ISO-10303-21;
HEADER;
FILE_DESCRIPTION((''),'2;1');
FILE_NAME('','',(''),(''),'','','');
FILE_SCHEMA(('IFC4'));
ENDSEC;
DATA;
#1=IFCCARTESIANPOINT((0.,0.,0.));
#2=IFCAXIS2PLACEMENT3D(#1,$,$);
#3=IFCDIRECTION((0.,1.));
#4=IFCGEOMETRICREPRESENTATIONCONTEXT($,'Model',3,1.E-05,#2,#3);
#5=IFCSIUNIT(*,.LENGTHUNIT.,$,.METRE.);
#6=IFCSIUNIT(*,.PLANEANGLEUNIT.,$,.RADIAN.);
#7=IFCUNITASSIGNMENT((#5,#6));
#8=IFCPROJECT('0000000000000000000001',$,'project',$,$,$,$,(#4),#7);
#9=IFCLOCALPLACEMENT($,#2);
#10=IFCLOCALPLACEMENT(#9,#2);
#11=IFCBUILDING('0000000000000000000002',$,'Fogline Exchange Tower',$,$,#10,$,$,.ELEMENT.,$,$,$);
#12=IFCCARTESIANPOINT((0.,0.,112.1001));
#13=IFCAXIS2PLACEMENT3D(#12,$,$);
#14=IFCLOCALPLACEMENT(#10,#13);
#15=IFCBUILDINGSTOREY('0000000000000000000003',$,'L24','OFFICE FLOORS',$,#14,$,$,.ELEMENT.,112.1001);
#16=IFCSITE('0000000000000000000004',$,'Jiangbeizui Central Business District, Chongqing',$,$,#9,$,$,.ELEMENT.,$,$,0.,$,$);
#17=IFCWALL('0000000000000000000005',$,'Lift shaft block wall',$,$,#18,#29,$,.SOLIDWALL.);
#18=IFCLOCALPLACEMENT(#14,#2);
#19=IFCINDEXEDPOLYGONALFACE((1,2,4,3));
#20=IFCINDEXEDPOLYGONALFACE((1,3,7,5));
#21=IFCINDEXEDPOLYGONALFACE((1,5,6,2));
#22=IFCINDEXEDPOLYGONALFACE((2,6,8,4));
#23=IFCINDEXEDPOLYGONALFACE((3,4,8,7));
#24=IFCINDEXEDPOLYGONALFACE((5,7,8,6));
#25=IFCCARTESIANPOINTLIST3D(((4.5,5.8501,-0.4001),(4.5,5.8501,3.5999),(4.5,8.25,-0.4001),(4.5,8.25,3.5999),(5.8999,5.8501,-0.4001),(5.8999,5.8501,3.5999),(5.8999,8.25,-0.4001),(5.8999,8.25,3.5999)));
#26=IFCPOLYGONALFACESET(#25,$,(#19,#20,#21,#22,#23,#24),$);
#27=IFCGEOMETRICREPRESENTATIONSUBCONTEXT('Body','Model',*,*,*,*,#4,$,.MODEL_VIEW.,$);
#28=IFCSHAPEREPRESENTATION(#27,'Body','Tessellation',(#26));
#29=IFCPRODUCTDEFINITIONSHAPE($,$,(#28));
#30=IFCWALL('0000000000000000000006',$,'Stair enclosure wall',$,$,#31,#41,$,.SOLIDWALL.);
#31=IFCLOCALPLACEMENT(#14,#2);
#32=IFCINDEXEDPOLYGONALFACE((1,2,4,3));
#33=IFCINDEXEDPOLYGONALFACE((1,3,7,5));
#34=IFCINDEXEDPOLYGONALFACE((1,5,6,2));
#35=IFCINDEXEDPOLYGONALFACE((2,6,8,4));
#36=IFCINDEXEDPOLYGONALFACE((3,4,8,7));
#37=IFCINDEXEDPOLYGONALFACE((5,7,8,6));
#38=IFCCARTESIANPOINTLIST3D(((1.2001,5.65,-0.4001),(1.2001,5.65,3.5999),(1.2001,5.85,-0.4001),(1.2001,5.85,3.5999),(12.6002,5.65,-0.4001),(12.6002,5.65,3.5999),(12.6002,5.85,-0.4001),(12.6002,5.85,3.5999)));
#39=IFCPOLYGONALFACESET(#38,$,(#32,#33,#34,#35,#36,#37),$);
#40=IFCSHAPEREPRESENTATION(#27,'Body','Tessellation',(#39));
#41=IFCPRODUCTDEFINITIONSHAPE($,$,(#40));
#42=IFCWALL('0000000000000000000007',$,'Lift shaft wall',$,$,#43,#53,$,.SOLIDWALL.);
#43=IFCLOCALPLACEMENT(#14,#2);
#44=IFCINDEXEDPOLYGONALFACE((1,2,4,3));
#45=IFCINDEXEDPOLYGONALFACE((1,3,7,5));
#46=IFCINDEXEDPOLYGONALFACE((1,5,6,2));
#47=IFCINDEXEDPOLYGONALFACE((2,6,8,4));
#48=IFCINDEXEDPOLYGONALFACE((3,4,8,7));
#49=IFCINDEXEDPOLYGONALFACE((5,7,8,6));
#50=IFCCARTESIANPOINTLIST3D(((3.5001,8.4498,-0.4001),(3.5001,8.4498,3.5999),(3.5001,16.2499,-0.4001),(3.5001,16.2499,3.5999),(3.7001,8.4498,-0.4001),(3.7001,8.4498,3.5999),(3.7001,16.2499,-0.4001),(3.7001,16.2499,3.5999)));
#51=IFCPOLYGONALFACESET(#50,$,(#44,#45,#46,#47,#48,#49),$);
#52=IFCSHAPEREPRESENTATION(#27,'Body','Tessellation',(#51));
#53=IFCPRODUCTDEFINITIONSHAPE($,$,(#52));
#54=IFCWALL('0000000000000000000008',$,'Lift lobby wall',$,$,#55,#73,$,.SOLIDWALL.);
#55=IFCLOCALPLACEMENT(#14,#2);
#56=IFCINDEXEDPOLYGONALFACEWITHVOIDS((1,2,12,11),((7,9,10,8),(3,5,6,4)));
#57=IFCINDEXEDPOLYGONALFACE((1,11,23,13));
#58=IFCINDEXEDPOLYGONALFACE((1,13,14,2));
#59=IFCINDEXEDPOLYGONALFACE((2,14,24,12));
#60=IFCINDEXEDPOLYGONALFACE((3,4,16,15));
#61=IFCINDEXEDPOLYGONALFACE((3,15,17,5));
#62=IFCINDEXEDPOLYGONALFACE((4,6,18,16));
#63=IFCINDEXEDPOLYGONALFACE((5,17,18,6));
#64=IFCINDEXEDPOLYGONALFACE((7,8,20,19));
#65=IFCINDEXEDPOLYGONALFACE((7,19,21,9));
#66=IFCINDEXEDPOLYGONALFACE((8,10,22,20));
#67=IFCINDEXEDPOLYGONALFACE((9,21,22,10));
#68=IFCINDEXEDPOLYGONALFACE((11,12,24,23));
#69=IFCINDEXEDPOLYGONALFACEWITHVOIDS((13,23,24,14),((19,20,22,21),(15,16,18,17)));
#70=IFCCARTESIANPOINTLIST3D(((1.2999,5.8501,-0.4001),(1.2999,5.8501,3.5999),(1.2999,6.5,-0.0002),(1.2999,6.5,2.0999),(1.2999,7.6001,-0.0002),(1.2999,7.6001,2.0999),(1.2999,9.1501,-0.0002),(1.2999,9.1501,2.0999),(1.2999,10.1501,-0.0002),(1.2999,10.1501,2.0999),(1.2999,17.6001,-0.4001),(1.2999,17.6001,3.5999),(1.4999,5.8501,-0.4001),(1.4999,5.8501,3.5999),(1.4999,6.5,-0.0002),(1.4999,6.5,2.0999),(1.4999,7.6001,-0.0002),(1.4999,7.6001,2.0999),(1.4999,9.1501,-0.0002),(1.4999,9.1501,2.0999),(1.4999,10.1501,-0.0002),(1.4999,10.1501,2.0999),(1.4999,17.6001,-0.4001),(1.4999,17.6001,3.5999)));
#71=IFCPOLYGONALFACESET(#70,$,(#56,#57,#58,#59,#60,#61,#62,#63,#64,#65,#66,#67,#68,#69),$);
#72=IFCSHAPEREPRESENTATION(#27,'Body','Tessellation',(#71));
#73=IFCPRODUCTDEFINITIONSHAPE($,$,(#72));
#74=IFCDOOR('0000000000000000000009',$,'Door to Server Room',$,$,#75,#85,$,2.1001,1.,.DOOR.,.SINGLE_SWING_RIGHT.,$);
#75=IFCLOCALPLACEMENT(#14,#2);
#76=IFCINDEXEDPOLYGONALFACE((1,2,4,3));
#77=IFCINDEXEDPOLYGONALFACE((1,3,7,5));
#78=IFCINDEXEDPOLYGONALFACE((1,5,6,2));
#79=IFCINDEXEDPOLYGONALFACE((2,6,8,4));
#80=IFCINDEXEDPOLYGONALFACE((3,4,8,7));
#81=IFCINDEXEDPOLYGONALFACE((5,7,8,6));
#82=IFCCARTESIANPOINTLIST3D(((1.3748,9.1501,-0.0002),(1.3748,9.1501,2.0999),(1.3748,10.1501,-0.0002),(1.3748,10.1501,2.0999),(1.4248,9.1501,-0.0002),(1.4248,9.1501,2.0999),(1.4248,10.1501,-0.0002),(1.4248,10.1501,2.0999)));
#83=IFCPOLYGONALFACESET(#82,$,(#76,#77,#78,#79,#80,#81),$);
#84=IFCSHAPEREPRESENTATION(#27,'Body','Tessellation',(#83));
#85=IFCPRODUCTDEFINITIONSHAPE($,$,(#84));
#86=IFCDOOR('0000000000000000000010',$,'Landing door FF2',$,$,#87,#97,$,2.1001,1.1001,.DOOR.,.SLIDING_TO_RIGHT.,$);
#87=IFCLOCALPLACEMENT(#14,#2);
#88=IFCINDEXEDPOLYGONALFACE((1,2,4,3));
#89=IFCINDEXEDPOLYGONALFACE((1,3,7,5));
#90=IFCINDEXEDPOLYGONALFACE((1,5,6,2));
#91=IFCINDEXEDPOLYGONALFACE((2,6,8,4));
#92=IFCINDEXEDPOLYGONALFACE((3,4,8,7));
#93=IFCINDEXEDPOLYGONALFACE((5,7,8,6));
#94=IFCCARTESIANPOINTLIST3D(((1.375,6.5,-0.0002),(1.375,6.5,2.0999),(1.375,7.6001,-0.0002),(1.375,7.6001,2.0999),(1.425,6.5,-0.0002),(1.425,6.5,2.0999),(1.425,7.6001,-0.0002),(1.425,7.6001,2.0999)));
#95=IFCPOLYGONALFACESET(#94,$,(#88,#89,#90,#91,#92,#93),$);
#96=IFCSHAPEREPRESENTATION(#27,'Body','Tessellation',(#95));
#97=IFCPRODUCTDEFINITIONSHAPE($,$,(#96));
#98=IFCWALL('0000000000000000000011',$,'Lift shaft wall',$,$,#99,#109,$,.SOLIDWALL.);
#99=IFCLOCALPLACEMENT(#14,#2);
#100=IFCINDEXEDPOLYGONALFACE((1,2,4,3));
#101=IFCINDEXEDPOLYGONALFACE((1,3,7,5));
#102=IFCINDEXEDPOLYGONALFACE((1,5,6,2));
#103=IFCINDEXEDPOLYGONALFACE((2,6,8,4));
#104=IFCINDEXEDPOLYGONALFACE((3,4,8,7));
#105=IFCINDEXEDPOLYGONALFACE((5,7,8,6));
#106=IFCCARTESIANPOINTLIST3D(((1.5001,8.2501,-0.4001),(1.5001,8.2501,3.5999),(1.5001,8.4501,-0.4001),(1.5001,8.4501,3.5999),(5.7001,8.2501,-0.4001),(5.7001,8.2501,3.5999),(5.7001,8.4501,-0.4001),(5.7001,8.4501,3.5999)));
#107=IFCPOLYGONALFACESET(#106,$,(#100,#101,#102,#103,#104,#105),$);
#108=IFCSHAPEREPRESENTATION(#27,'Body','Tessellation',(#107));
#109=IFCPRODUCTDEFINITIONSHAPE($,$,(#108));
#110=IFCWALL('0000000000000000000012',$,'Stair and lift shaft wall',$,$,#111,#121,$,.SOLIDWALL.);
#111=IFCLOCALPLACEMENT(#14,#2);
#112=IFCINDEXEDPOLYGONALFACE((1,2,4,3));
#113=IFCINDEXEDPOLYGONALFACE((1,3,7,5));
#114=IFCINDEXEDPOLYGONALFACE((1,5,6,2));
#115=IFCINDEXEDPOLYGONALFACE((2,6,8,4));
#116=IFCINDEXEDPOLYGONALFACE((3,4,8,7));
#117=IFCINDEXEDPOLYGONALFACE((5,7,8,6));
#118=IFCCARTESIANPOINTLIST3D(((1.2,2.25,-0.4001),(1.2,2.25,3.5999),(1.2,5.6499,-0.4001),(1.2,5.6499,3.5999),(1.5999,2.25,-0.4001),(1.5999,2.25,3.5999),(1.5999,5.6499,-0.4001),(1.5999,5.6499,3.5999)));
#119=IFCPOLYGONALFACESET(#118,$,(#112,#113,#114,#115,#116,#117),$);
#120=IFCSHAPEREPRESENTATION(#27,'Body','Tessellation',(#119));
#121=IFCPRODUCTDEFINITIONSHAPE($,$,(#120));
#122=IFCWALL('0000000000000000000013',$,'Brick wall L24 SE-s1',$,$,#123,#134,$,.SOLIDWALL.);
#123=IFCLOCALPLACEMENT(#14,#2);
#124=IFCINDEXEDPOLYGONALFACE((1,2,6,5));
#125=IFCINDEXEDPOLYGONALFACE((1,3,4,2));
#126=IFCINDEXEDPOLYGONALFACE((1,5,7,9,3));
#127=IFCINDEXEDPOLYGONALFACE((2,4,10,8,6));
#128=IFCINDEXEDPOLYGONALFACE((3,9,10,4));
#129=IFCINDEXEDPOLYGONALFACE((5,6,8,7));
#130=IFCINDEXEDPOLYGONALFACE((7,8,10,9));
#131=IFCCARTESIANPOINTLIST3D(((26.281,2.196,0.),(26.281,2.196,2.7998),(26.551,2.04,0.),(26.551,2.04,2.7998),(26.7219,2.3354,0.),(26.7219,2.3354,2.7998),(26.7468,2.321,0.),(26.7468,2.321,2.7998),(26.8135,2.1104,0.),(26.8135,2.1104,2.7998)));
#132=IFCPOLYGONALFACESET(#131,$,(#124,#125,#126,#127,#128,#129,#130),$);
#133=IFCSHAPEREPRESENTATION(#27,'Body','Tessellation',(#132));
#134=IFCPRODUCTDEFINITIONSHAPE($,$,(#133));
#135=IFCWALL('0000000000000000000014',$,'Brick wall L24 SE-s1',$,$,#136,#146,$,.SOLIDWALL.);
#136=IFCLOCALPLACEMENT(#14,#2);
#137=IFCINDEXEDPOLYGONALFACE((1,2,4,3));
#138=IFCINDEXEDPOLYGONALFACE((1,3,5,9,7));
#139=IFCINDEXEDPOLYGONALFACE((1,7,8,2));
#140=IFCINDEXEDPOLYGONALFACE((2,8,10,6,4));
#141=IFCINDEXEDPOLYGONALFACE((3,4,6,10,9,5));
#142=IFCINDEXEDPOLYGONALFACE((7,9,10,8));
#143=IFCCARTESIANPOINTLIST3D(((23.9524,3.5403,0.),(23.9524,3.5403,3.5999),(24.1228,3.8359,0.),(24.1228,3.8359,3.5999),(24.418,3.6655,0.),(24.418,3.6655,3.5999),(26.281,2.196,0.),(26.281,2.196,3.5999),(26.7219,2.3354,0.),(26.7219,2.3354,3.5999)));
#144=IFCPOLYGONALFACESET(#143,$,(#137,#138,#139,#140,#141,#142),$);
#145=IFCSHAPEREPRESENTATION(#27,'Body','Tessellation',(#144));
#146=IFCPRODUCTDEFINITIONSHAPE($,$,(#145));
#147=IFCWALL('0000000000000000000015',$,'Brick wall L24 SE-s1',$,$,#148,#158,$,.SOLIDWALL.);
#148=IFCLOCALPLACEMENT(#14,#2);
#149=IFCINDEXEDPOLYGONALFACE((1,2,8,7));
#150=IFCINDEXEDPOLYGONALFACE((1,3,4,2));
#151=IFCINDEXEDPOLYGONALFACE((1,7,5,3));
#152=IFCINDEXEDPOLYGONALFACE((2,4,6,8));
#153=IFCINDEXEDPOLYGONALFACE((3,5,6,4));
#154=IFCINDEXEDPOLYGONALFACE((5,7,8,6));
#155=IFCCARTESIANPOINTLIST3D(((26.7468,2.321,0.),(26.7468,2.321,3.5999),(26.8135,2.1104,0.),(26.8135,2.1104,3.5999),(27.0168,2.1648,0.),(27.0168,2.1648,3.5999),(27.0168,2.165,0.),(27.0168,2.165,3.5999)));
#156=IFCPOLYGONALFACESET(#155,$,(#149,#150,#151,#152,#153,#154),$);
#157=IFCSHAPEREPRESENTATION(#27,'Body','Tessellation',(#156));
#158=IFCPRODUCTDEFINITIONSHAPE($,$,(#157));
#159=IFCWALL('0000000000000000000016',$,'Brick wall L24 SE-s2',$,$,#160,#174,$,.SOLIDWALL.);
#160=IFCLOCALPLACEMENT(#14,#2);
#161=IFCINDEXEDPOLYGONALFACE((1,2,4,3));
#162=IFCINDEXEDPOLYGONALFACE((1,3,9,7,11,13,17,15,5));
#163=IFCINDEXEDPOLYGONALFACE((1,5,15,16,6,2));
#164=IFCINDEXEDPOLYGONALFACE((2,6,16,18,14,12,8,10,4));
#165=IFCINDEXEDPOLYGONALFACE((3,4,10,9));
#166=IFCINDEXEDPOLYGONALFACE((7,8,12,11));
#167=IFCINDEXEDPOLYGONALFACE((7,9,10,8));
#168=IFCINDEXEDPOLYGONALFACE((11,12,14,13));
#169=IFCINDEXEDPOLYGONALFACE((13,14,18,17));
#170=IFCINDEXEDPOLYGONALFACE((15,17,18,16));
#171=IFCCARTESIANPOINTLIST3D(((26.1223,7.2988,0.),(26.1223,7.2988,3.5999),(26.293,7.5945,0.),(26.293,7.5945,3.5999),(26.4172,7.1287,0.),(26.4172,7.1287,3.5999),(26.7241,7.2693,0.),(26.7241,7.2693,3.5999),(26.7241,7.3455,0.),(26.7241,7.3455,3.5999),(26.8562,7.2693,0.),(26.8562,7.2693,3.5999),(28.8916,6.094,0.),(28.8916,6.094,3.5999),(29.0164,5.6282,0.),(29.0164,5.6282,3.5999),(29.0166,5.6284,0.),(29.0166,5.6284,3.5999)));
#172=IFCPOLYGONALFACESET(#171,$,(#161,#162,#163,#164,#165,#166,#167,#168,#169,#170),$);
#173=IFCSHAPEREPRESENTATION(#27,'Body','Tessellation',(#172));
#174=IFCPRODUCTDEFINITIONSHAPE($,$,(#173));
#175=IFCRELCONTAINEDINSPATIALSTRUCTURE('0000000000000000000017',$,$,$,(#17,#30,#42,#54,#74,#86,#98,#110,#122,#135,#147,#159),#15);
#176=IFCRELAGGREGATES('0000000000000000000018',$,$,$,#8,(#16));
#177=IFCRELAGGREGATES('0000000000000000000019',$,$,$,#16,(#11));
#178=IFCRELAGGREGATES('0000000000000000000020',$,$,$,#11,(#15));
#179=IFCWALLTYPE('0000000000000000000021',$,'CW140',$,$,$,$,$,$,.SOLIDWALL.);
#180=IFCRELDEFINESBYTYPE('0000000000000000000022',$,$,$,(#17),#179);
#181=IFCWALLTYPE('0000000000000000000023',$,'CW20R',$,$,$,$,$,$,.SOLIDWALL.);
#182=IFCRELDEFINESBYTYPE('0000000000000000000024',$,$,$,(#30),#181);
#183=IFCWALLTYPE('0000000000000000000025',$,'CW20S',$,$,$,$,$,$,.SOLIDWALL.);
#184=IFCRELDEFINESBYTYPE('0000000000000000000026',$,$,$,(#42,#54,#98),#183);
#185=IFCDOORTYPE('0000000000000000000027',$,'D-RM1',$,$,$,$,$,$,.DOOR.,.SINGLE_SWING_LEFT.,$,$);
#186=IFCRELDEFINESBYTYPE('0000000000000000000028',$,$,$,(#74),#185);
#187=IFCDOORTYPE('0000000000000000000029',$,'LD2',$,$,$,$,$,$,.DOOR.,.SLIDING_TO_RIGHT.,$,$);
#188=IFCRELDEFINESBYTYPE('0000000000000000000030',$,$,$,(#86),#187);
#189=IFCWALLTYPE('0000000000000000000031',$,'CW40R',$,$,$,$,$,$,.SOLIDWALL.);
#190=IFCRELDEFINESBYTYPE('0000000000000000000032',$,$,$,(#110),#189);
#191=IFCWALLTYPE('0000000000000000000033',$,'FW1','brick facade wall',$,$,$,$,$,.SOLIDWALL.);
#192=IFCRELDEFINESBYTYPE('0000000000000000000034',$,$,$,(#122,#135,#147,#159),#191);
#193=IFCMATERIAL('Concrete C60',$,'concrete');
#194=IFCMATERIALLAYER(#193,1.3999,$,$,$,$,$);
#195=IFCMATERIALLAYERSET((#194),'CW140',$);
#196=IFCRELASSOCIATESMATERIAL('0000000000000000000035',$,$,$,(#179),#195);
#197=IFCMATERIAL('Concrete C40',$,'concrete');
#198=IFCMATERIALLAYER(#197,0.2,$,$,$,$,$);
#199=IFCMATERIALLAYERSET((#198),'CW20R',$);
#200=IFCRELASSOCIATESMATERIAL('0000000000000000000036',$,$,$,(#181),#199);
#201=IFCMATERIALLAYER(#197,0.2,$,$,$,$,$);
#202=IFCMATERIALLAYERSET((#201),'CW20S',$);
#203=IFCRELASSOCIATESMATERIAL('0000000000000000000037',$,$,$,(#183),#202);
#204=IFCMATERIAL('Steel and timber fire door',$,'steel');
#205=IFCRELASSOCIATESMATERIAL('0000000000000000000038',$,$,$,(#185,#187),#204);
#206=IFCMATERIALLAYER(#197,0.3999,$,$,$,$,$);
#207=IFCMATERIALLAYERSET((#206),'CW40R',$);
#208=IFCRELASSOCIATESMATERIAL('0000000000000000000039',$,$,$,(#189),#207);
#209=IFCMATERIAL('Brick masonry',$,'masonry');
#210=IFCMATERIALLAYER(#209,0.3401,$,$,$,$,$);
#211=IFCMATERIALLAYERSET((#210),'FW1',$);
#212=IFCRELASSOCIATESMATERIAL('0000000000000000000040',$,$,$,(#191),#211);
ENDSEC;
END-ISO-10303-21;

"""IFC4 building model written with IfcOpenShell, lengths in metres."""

from ifc_helpers import new_model, si_unit, direction, frame, frame_2d, origin, place, context, subcontext, project, spatial, polyline, rectangle, outline, extrude, material, layer, layer_set, type_object, element, fill, save


model = new_model("IFC4")

# Units and contexts
model_context = context("Model", 3, precision=1e-05, world=origin(), true_north=direction((0.0, 1.0)))
body_context = subcontext(model_context, "Body", "Model", "MODEL_VIEW")
ifc_project = project(units=[si_unit("LENGTHUNIT", "METRE"), si_unit("PLANEANGLEUNIT", "RADIAN")], contexts=[model_context])

# Site, building, storey
site_placement = place(None, origin())
site = spatial("IfcSite", under=ifc_project, at=site_placement, Name="Jiangbeizui Central Business District, Chongqing", CompositionType="ELEMENT", RefElevation=0.0)
building_placement = place(site_placement, origin())
building = spatial("IfcBuilding", under=site, at=building_placement, Name="Fogline Exchange Tower", CompositionType="ELEMENT")
storey_placement = place(building_placement, frame((0.0, 0.0, 112.1001)))
storey = spatial("IfcBuildingStorey", under=building, at=storey_placement, Name="L24", Description="OFFICE FLOORS", CompositionType="ELEMENT", Elevation=112.1001)

# Shared definitions
ifc_material_1 = material(Name="Concrete C40", Category="concrete")

# Walls
ifc_material_2 = material(Name="Concrete C60", Category="concrete")
ifc_layer_1 = layer(ifc_material_2, 1.3999)
ifc_layer_set_1 = layer_set([ifc_layer_1], Name="CW140")
wall_type_1 = type_object("IfcWallType", Name="CW140", PredefinedType="SOLIDWALL", material=ifc_layer_set_1)
wall_1_placement = place(storey_placement, frame((5.2, 5.8501, -0.4001), z_axis=(0.0, 0.0, 1.0), x_axis=(0.0, 1.0, 0.0)))
element("IfcWall", 1, at=wall_1_placement, inside=storey, type_object=wall_type_1, Name="Lift shaft block wall", PredefinedType="SOLIDWALL", context=body_context, shape_type="SweptSolid", body=[
    extrude(rectangle(XDim=2.3999, YDim=1.3999, at=frame_2d((1.2, 0.0))), origin(), (0.0, 0.0, 1.0), 4.0),
])
ifc_layer_2 = layer(ifc_material_1, 0.2)
ifc_layer_set_2 = layer_set([ifc_layer_2], Name="CW20R")
wall_type_2 = type_object("IfcWallType", Name="CW20R", PredefinedType="SOLIDWALL", material=ifc_layer_set_2)
wall_2_placement = place(storey_placement, frame((1.2, 5.75, -0.4001), z_axis=(0.0, 0.0, 1.0), x_axis=(1.0, 0.0, 0.0)))
element("IfcWall", 2, at=wall_2_placement, inside=storey, type_object=wall_type_2, Name="Stair enclosure wall", PredefinedType="SOLIDWALL", context=body_context, shape_type="SweptSolid", body=[
    extrude(rectangle(XDim=11.4001, YDim=0.2, at=frame_2d((5.7002, 0.0))), origin(), (0.0, 0.0, 1.0), 4.0),
])
ifc_layer_3 = layer(ifc_material_1, 0.2)
ifc_layer_set_3 = layer_set([ifc_layer_3], Name="CW20S")
wall_type_3 = type_object("IfcWallType", Name="CW20S", PredefinedType="SOLIDWALL", material=ifc_layer_set_3)
wall_3_placement = place(storey_placement, frame((3.6001, 8.45, -0.4001), z_axis=(0.0, 0.0, 1.0), x_axis=(0.0, 1.0, 0.0)))
element("IfcWall", 3, at=wall_3_placement, inside=storey, type_object=wall_type_3, Name="Lift shaft wall", PredefinedType="SOLIDWALL", context=body_context, shape_type="SweptSolid", body=[
    extrude(rectangle(XDim=7.8, YDim=0.2, at=frame_2d((3.8999, 0.0))), origin(), (0.0, 0.0, 1.0), 4.0),
])

# Wall, openings, doors
wall_4_placement = place(storey_placement, frame((1.3999, 5.8501, -0.4001), z_axis=(0.0, 0.0, 1.0), x_axis=(0.0, 1.0, 0.0)))
wall_4 = element("IfcWall", 4, at=wall_4_placement, inside=storey, type_object=wall_type_3, Name="Lift lobby wall", PredefinedType="SOLIDWALL", context=body_context, shape_type="SweptSolid", body=[
    extrude(rectangle(XDim=11.75, YDim=0.2, at=frame_2d((5.875, 0.0))), origin(), (0.0, 0.0, 1.0), 4.0),
])
opening_1_placement = place(wall_4_placement, frame((0.6499, 0.0, 0.3999)))
opening_1 = element("IfcOpeningElement", 5, at=opening_1_placement, cuts=wall_4, PredefinedType="OPENING", context=body_context, shape_type="SweptSolid", body=[
    extrude(rectangle(XDim=1.1001, YDim=2.1001, at=frame_2d((0.55, 1.05))), frame((0.0, 0.1099, 0.0), z_axis=(0.0, -1.0, 0.0), x_axis=(1.0, 0.0, 0.0)), (0.0, 0.0, 1.0), 0.22),
])
opening_2_placement = place(wall_4_placement, frame((3.3, 0.0, 0.3999)))
opening_2 = element("IfcOpeningElement", 6, at=opening_2_placement, cuts=wall_4, PredefinedType="OPENING", context=body_context, shape_type="SweptSolid", body=[
    extrude(rectangle(XDim=1.0, YDim=2.1001, at=frame_2d((0.5, 1.05))), frame((0.0, 0.1099, 0.0), z_axis=(0.0, -1.0, 0.0), x_axis=(1.0, 0.0, 0.0)), (0.0, 0.0, 1.0), 0.22),
])
ifc_material_3 = material(Name="Steel and timber fire door", Category="steel")
door_type_1 = type_object("IfcDoorType", Name="D-RM1", OperationType="SINGLE_SWING_LEFT", PredefinedType="DOOR", material=ifc_material_3)
door_1_placement = place(opening_2_placement, frame((1.0, 0.0, 0.0), z_axis=(0.0, 0.0, 1.0), x_axis=(-1.0, 0.0, 0.0)))
door_1 = element("IfcDoor", 7, at=door_1_placement, inside=storey, type_object=door_type_1, Name="Door to Server Room", OperationType="SINGLE_SWING_RIGHT", OverallHeight=2.1001, OverallWidth=1.0, PredefinedType="DOOR", context=body_context, shape_type="SweptSolid", body=[
    extrude(rectangle(XDim=1.0, YDim=2.1001, at=frame_2d((0.5, 1.05))), frame((0.0, 0.0249, 0.0), z_axis=(0.0, -1.0, 0.0), x_axis=(1.0, 0.0, 0.0)), (0.0, 0.0, 1.0), 0.05),
])
fill(opening_2, door_1)
door_type_2 = type_object("IfcDoorType", Name="LD2", OperationType="SLIDING_TO_RIGHT", PredefinedType="DOOR", material=ifc_material_3)
door_2_placement = place(opening_1_placement, origin())
door_2 = element("IfcDoor", 8, at=door_2_placement, inside=storey, type_object=door_type_2, Name="Landing door FF2", OperationType="SLIDING_TO_RIGHT", OverallHeight=2.1001, OverallWidth=1.1001, PredefinedType="DOOR", context=body_context, shape_type="SweptSolid", body=[
    extrude(rectangle(XDim=1.1001, YDim=2.1001, at=frame_2d((0.55, 1.05))), frame((0.0, 0.0249, 0.0), z_axis=(0.0, -1.0, 0.0), x_axis=(1.0, 0.0, 0.0)), (0.0, 0.0, 1.0), 0.05),
])
fill(opening_1, door_2)

# Walls
wall_5_placement = place(storey_placement, frame((1.5, 8.3501, -0.4001), z_axis=(0.0, 0.0, 1.0), x_axis=(1.0, 0.0, 0.0)))
element("IfcWall", 9, at=wall_5_placement, inside=storey, type_object=wall_type_3, Name="Lift shaft wall", PredefinedType="SOLIDWALL", context=body_context, shape_type="SweptSolid", body=[
    extrude(rectangle(XDim=4.2, YDim=0.2, at=frame_2d((2.1001, 0.0))), origin(), (0.0, 0.0, 1.0), 4.0),
])
ifc_layer_4 = layer(ifc_material_1, 0.3999)
ifc_layer_set_4 = layer_set([ifc_layer_4], Name="CW40R")
wall_type_4 = type_object("IfcWallType", Name="CW40R", PredefinedType="SOLIDWALL", material=ifc_layer_set_4)
wall_6_placement = place(storey_placement, frame((1.3999, 2.25, -0.4001), z_axis=(0.0, 0.0, 1.0), x_axis=(0.0, 1.0, 0.0)))
element("IfcWall", 10, at=wall_6_placement, inside=storey, type_object=wall_type_4, Name="Stair and lift shaft wall", PredefinedType="SOLIDWALL", context=body_context, shape_type="SweptSolid", body=[
    extrude(rectangle(XDim=3.3999, YDim=0.3999, at=frame_2d((1.7, 0.0))), origin(), (0.0, 0.0, 1.0), 4.0),
])
ifc_material_4 = material(Name="Brick masonry", Category="masonry")
ifc_layer_5 = layer(ifc_material_4, 0.3401)
ifc_layer_set_5 = layer_set([ifc_layer_5], Name="FW1")
wall_type_5 = type_object("IfcWallType", Name="FW1", Description="brick facade wall", PredefinedType="SOLIDWALL", material=ifc_layer_set_5)
wall_7_placement = place(storey_placement, origin())
element("IfcWall", 11, at=wall_7_placement, inside=storey, type_object=wall_type_5, Name="Brick wall L24 SE-s1", PredefinedType="SOLIDWALL", context=body_context, shape_type="SweptSolid", body=[
    extrude(outline(polyline([(26.7468, 2.321), (26.8135, 2.1104), (26.551, 2.04), (26.281, 2.196), (26.7219, 2.3354), (26.7468, 2.321)])), origin(), (0.0, 0.0, 1.0), 2.7998),
])
wall_8_placement = place(storey_placement, origin())
element("IfcWall", 12, at=wall_8_placement, inside=storey, type_object=wall_type_5, Name="Brick wall L24 SE-s1", PredefinedType="SOLIDWALL", context=body_context, shape_type="SweptSolid", body=[
    extrude(outline(polyline([(24.1228, 3.8359), (24.418, 3.6655), (26.7219, 2.3354), (26.281, 2.196), (23.9524, 3.5403), (24.1228, 3.8359)])), origin(), (0.0, 0.0, 1.0), 3.5999),
])
wall_9_placement = place(storey_placement, origin())
element("IfcWall", 13, at=wall_9_placement, inside=storey, type_object=wall_type_5, Name="Brick wall L24 SE-s1", PredefinedType="SOLIDWALL", context=body_context, shape_type="SweptSolid", body=[
    extrude(outline(polyline([(27.0168, 2.165), (27.0168, 2.1648), (26.8135, 2.1104), (26.7468, 2.321), (27.0168, 2.165)])), origin(), (0.0, 0.0, 1.0), 3.5999),
])
wall_10_placement = place(storey_placement, origin())
element("IfcWall", 14, at=wall_10_placement, inside=storey, type_object=wall_type_5, Name="Brick wall L24 SE-s2", PredefinedType="SOLIDWALL", context=body_context, shape_type="SweptSolid", body=[
    extrude(outline(polyline([(29.0164, 5.6282), (26.4172, 7.1287), (26.1223, 7.2988), (26.293, 7.5945), (26.7241, 7.3455), (26.7241, 7.2693), (26.8562, 7.2693), (28.8916, 6.094), (29.0166, 5.6284), (29.0164, 5.6282)])), origin(), (0.0, 0.0, 1.0), 3.5999),
])

save(model, "model.ifc")
